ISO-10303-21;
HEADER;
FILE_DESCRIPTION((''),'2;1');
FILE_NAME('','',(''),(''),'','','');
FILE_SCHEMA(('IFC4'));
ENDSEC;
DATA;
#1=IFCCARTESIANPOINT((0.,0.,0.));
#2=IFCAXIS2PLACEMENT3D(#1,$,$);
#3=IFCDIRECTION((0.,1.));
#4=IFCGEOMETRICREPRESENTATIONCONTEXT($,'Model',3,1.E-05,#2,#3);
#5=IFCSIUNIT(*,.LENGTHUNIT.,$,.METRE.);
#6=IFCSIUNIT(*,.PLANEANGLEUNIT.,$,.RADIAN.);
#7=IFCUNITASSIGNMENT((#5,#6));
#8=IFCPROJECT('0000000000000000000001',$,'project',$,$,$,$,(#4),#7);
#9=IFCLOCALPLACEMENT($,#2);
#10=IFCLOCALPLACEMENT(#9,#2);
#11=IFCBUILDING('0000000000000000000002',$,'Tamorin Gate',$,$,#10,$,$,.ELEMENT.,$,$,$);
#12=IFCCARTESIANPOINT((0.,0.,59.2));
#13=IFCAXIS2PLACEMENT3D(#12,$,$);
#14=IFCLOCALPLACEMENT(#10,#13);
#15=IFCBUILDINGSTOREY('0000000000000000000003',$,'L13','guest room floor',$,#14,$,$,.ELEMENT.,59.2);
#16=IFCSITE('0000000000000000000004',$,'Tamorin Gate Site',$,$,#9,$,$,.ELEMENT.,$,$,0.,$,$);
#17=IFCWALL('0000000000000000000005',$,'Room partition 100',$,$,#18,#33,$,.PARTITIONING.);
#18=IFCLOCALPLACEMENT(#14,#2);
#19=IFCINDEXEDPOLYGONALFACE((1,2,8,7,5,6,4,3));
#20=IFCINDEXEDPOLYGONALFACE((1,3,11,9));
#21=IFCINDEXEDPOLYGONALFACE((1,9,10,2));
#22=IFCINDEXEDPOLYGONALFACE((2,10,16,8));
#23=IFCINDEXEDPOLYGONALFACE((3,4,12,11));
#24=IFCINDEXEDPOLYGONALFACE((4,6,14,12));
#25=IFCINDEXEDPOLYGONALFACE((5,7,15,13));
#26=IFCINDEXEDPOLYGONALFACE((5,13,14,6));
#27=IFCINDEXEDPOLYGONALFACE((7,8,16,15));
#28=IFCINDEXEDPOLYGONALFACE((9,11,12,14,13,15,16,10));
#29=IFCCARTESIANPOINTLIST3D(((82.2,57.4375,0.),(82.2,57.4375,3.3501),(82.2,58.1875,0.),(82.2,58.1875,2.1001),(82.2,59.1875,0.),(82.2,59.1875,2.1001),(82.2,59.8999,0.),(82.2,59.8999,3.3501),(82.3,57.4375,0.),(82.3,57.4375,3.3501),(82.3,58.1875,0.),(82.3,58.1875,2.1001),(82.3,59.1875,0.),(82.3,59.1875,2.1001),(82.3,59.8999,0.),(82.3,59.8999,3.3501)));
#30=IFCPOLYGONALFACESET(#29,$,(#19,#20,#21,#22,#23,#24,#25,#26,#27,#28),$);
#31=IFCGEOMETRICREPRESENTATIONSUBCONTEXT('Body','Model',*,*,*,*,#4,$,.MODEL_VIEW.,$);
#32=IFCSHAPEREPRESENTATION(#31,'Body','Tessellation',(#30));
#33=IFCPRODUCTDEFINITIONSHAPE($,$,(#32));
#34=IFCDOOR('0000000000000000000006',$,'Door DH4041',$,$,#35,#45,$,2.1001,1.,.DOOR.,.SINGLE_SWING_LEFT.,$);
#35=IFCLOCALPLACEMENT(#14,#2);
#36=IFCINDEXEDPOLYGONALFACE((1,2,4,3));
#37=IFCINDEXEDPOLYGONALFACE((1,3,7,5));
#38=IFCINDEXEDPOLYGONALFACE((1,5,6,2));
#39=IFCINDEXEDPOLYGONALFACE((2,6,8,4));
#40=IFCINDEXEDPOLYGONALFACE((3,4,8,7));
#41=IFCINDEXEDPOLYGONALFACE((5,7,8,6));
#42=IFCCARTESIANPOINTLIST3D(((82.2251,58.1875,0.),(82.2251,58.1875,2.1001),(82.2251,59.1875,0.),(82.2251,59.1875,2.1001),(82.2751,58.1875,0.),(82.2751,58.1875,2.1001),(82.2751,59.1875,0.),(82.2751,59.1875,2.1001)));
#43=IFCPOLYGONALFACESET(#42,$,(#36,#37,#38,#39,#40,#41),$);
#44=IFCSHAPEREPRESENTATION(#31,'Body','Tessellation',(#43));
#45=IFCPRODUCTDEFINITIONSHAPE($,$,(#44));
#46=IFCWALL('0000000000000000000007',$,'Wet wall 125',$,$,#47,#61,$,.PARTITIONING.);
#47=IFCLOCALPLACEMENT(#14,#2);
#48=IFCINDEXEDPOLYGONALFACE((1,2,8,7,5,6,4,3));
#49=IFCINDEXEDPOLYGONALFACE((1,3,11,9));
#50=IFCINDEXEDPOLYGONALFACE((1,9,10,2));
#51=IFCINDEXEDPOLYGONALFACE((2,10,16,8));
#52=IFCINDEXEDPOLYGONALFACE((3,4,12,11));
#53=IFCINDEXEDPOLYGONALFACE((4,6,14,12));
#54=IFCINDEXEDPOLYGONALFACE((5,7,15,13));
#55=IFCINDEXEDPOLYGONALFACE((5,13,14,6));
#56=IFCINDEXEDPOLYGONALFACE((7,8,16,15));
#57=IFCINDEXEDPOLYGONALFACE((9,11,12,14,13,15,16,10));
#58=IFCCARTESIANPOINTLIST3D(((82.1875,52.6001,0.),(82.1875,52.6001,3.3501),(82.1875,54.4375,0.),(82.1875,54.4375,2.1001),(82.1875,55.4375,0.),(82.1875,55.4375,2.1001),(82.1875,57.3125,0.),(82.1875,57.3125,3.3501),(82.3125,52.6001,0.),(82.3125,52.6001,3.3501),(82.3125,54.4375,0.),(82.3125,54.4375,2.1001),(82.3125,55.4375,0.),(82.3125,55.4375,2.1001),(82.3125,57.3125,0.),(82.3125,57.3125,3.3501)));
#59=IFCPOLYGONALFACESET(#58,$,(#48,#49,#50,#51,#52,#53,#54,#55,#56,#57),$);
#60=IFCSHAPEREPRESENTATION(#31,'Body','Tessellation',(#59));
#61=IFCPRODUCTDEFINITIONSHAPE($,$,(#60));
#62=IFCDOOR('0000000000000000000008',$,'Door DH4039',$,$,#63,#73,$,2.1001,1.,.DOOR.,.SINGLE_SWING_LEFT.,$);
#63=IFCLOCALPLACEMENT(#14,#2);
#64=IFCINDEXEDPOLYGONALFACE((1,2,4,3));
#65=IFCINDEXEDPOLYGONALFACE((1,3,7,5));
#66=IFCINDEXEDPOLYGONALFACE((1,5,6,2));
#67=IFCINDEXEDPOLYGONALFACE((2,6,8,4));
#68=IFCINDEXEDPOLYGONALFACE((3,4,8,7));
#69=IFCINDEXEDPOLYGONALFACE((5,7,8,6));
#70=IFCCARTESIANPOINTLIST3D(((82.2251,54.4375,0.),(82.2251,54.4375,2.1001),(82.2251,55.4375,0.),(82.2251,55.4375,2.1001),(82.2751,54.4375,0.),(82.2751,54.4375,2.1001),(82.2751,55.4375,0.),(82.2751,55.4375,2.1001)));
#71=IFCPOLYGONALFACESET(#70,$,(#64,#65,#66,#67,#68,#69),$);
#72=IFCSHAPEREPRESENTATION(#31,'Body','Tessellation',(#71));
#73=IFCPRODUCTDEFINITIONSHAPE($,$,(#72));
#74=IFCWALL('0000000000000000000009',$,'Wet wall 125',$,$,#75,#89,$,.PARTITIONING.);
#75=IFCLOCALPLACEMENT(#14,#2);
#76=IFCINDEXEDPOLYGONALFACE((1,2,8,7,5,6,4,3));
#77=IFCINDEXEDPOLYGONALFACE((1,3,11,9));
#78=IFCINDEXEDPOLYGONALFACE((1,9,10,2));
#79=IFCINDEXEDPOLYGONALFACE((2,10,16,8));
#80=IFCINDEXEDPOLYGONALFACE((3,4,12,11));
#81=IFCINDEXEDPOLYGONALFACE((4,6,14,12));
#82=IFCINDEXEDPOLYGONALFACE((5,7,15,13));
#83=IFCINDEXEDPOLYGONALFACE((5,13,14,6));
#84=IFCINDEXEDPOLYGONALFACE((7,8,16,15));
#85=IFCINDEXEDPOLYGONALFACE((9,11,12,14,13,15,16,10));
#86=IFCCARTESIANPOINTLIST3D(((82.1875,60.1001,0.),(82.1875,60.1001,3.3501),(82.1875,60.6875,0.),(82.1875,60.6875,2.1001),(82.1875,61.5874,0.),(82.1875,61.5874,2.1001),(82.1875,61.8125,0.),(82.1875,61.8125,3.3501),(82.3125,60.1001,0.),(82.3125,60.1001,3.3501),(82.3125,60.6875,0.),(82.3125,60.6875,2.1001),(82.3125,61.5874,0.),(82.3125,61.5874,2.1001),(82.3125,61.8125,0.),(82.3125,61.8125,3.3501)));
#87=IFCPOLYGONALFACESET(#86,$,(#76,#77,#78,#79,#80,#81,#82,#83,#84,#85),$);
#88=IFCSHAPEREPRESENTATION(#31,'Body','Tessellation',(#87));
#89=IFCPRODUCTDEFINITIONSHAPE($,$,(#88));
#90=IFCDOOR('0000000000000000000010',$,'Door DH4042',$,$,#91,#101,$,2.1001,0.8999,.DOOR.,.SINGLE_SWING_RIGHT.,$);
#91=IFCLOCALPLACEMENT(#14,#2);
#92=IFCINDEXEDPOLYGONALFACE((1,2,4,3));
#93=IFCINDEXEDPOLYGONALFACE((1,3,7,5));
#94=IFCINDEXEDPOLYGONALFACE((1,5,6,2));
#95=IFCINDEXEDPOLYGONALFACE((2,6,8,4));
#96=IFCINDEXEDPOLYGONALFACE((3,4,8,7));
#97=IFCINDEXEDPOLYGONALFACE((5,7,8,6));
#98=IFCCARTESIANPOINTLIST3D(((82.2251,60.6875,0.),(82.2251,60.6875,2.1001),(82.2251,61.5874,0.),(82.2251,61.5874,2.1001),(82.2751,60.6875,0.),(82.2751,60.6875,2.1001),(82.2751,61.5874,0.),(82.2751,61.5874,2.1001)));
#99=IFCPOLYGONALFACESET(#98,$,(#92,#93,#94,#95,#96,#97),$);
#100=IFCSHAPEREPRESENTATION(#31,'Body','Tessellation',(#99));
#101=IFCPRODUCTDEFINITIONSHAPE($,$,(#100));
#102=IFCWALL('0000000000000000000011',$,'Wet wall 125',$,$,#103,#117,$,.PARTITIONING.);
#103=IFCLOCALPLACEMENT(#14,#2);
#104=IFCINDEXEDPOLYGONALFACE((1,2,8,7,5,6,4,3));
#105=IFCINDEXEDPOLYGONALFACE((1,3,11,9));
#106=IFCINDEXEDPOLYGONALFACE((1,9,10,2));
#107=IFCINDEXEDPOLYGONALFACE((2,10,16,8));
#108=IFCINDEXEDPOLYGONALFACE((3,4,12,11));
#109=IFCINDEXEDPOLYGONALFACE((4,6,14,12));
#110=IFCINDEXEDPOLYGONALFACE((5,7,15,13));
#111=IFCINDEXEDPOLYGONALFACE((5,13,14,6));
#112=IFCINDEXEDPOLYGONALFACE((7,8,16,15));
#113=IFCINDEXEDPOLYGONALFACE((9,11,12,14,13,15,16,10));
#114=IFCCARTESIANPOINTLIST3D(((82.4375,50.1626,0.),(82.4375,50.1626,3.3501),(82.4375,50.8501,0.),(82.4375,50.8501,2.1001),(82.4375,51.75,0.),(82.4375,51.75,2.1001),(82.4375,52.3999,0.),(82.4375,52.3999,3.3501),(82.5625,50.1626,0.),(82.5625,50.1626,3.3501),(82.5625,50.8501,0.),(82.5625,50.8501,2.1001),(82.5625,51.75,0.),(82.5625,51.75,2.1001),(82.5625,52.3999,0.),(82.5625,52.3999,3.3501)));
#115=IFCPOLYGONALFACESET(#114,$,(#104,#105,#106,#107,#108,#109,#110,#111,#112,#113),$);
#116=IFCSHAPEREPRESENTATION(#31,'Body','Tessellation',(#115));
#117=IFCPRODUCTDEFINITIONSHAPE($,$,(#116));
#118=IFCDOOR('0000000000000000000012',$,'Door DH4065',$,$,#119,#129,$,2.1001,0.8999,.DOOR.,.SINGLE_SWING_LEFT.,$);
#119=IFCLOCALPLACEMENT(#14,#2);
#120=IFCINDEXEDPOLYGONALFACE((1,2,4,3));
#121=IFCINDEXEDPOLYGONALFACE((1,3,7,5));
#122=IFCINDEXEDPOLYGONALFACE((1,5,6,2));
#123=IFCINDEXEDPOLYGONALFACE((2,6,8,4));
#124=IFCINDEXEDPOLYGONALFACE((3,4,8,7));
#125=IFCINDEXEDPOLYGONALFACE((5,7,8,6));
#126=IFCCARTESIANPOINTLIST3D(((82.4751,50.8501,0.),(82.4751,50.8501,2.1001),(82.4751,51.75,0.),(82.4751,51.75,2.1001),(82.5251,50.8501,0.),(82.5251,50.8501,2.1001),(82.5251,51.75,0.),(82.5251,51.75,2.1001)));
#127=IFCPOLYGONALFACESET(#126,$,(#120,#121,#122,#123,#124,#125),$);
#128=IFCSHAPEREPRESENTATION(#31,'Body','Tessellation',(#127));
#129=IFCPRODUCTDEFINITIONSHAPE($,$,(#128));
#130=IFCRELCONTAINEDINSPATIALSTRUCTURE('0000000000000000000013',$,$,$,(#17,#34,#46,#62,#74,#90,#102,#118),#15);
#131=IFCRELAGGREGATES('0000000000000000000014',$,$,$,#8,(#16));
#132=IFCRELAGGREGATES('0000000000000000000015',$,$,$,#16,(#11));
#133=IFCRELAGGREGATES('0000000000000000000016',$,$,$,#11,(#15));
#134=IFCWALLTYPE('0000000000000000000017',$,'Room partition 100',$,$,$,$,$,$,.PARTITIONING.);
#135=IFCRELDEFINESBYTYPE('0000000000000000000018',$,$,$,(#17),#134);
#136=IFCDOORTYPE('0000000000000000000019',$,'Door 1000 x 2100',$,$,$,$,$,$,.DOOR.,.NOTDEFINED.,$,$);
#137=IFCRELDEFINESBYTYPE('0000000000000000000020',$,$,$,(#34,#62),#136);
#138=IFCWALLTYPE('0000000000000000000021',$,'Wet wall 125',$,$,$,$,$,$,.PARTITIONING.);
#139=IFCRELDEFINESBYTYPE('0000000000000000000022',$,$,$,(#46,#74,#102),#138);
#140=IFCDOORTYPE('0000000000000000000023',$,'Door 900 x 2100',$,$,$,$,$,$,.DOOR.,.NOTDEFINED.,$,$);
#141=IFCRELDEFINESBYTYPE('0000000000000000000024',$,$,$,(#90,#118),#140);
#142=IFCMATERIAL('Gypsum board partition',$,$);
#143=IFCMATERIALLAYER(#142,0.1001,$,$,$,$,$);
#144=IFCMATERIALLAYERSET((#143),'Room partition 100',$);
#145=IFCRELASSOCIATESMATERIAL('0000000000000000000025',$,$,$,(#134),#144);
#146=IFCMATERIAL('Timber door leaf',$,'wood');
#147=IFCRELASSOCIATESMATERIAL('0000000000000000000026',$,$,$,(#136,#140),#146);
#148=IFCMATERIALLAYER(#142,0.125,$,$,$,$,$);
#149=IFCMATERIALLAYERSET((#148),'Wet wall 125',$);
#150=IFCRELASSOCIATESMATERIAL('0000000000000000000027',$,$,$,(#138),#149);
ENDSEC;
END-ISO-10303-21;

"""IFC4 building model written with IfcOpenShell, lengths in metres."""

from ifc_helpers import new_model, si_unit, direction, frame, frame_2d, origin, place, context, subcontext, project, spatial, rectangle, extrude, material, layer, layer_set, type_object, element, fill, save


model = new_model("IFC4")

# Units and contexts
model_context = context("Model", 3, precision=1e-05, world=origin(), true_north=direction((0.0, 1.0)))
body_context = subcontext(model_context, "Body", "Model", "MODEL_VIEW")
ifc_project = project(units=[si_unit("LENGTHUNIT", "METRE"), si_unit("PLANEANGLEUNIT", "RADIAN")], contexts=[model_context])

# Site, building, storey
site_placement = place(None, origin())
site = spatial("IfcSite", under=ifc_project, at=site_placement, Name="Tamorin Gate Site", CompositionType="ELEMENT", RefElevation=0.0)
building_placement = place(site_placement, origin())
building = spatial("IfcBuilding", under=site, at=building_placement, Name="Tamorin Gate", CompositionType="ELEMENT")
storey_placement = place(building_placement, frame((0.0, 0.0, 59.2)))
storey = spatial("IfcBuildingStorey", under=building, at=storey_placement, Name="L13", Description="guest room floor", CompositionType="ELEMENT", Elevation=59.2)

# Walls, openings, doors
ifc_material_1 = material(Name="Gypsum board partition")
ifc_layer_1 = layer(ifc_material_1, 0.1001)
ifc_layer_set_1 = layer_set([ifc_layer_1], Name="Room partition 100")
wall_type_1 = type_object("IfcWallType", Name="Room partition 100", PredefinedType="PARTITIONING", material=ifc_layer_set_1)
wall_1_placement = place(storey_placement, frame((82.25, 57.4375, 0.0), z_axis=(0.0, 0.0, 1.0), x_axis=(0.0, 1.0, 0.0)))
wall_1 = element("IfcWall", 1, at=wall_1_placement, inside=storey, type_object=wall_type_1, Name="Room partition 100", PredefinedType="PARTITIONING", context=body_context, shape_type="SweptSolid", body=[
    extrude(rectangle(XDim=2.4624, YDim=0.1001, at=frame_2d((1.2312, 0.0))), origin(), (0.0, 0.0, 1.0), 3.3501),
])
opening_1_placement = place(wall_1_placement, frame((0.75, 0.0, 0.0)))
opening_1 = element("IfcOpeningElement", 2, at=opening_1_placement, cuts=wall_1, PredefinedType="OPENING", context=body_context, shape_type="SweptSolid", body=[
    extrude(rectangle(XDim=1.0, YDim=2.1001, at=frame_2d((0.5, 1.05))), frame((0.0, 0.0601, 0.0), z_axis=(0.0, -1.0, 0.0), x_axis=(1.0, 0.0, 0.0)), (0.0, 0.0, 1.0), 0.1201),
])
ifc_material_2 = material(Name="Timber door leaf", Category="wood")
door_type_1 = type_object("IfcDoorType", Name="Door 1000 x 2100", OperationType="NOTDEFINED", PredefinedType="DOOR", material=ifc_material_2)
door_1_placement = place(opening_1_placement, origin())
door_1 = element("IfcDoor", 3, at=door_1_placement, inside=storey, type_object=door_type_1, Name="Door DH4041", OperationType="SINGLE_SWING_LEFT", OverallHeight=2.1001, OverallWidth=1.0, PredefinedType="DOOR", context=body_context, shape_type="SweptSolid", body=[
    extrude(rectangle(XDim=1.0, YDim=2.1001, at=frame_2d((0.5, 1.05))), frame((0.0, 0.0249, 0.0), z_axis=(0.0, -1.0, 0.0), x_axis=(1.0, 0.0, 0.0)), (0.0, 0.0, 1.0), 0.05),
])
fill(opening_1, door_1)
ifc_layer_2 = layer(ifc_material_1, 0.125)
ifc_layer_set_2 = layer_set([ifc_layer_2], Name="Wet wall 125")
wall_type_2 = type_object("IfcWallType", Name="Wet wall 125", PredefinedType="PARTITIONING", material=ifc_layer_set_2)
wall_2_placement = place(storey_placement, frame((82.25, 52.6001, 0.0), z_axis=(0.0, 0.0, 1.0), x_axis=(0.0, 1.0, 0.0)))
wall_2 = element("IfcWall", 4, at=wall_2_placement, inside=storey, type_object=wall_type_2, Name="Wet wall 125", PredefinedType="PARTITIONING", context=body_context, shape_type="SweptSolid", body=[
    extrude(rectangle(XDim=4.7124, YDim=0.125, at=frame_2d((2.3562, 0.0))), origin(), (0.0, 0.0, 1.0), 3.3501),
])
opening_2_placement = place(wall_2_placement, frame((1.8374, 0.0, 0.0)))
opening_2 = element("IfcOpeningElement", 5, at=opening_2_placement, cuts=wall_2, PredefinedType="OPENING", context=body_context, shape_type="SweptSolid", body=[
    extrude(rectangle(XDim=1.0, YDim=2.1001, at=frame_2d((0.5, 1.05))), frame((0.0, 0.0725, 0.0), z_axis=(0.0, -1.0, 0.0), x_axis=(1.0, 0.0, 0.0)), (0.0, 0.0, 1.0), 0.145),
])
door_2_placement = place(opening_2_placement, origin())
door_2 = element("IfcDoor", 6, at=door_2_placement, inside=storey, type_object=door_type_1, Name="Door DH4039", OperationType="SINGLE_SWING_LEFT", OverallHeight=2.1001, OverallWidth=1.0, PredefinedType="DOOR", context=body_context, shape_type="SweptSolid", body=[
    extrude(rectangle(XDim=1.0, YDim=2.1001, at=frame_2d((0.5, 1.05))), frame((0.0, 0.0249, 0.0), z_axis=(0.0, -1.0, 0.0), x_axis=(1.0, 0.0, 0.0)), (0.0, 0.0, 1.0), 0.05),
])
fill(opening_2, door_2)
wall_3_placement = place(storey_placement, frame((82.25, 60.1001, 0.0), z_axis=(0.0, 0.0, 1.0), x_axis=(0.0, 1.0, 0.0)))
wall_3 = element("IfcWall", 7, at=wall_3_placement, inside=storey, type_object=wall_type_2, Name="Wet wall 125", PredefinedType="PARTITIONING", context=body_context, shape_type="SweptSolid", body=[
    extrude(rectangle(XDim=1.7124, YDim=0.125, at=frame_2d((0.8562, 0.0))), origin(), (0.0, 0.0, 1.0), 3.3501),
])
opening_3_placement = place(wall_3_placement, frame((0.5874, 0.0, 0.0)))
opening_3 = element("IfcOpeningElement", 8, at=opening_3_placement, cuts=wall_3, PredefinedType="OPENING", context=body_context, shape_type="SweptSolid", body=[
    extrude(rectangle(XDim=0.8999, YDim=2.1001, at=frame_2d((0.45, 1.05))), frame((0.0, 0.0725, 0.0), z_axis=(0.0, -1.0, 0.0), x_axis=(1.0, 0.0, 0.0)), (0.0, 0.0, 1.0), 0.145),
])
door_type_2 = type_object("IfcDoorType", Name="Door 900 x 2100", OperationType="NOTDEFINED", PredefinedType="DOOR", material=ifc_material_2)
door_3_placement = place(opening_3_placement, origin())
door_3 = element("IfcDoor", 9, at=door_3_placement, inside=storey, type_object=door_type_2, Name="Door DH4042", OperationType="SINGLE_SWING_RIGHT", OverallHeight=2.1001, OverallWidth=0.8999, PredefinedType="DOOR", context=body_context, shape_type="SweptSolid", body=[
    extrude(rectangle(XDim=0.8999, YDim=2.1001, at=frame_2d((0.45, 1.05))), frame((0.0, 0.0249, 0.0), z_axis=(0.0, -1.0, 0.0), x_axis=(1.0, 0.0, 0.0)), (0.0, 0.0, 1.0), 0.05),
])
fill(opening_3, door_3)
wall_4_placement = place(storey_placement, frame((82.5, 50.1626, 0.0), z_axis=(0.0, 0.0, 1.0), x_axis=(0.0, 1.0, 0.0)))
wall_4 = element("IfcWall", 10, at=wall_4_placement, inside=storey, type_object=wall_type_2, Name="Wet wall 125", PredefinedType="PARTITIONING", context=body_context, shape_type="SweptSolid", body=[
    extrude(rectangle(XDim=2.2373, YDim=0.125, at=frame_2d((1.1187, 0.0))), origin(), (0.0, 0.0, 1.0), 3.3501),
])
opening_4_placement = place(wall_4_placement, frame((0.6875, 0.0, 0.0)))
opening_4 = element("IfcOpeningElement", 11, at=opening_4_placement, cuts=wall_4, PredefinedType="OPENING", context=body_context, shape_type="SweptSolid", body=[
    extrude(rectangle(XDim=0.8999, YDim=2.1001, at=frame_2d((0.45, 1.05))), frame((0.0, 0.0725, 0.0), z_axis=(0.0, -1.0, 0.0), x_axis=(1.0, 0.0, 0.0)), (0.0, 0.0, 1.0), 0.145),
])
door_4_placement = place(opening_4_placement, origin())
door_4 = element("IfcDoor", 12, at=door_4_placement, inside=storey, type_object=door_type_2, Name="Door DH4065", OperationType="SINGLE_SWING_LEFT", OverallHeight=2.1001, OverallWidth=0.8999, PredefinedType="DOOR", context=body_context, shape_type="SweptSolid", body=[
    extrude(rectangle(XDim=0.8999, YDim=2.1001, at=frame_2d((0.45, 1.05))), frame((0.0, 0.0249, 0.0), z_axis=(0.0, -1.0, 0.0), x_axis=(1.0, 0.0, 0.0)), (0.0, 0.0, 1.0), 0.05),
])
fill(opening_4, door_4)

save(model, "model.ifc")
